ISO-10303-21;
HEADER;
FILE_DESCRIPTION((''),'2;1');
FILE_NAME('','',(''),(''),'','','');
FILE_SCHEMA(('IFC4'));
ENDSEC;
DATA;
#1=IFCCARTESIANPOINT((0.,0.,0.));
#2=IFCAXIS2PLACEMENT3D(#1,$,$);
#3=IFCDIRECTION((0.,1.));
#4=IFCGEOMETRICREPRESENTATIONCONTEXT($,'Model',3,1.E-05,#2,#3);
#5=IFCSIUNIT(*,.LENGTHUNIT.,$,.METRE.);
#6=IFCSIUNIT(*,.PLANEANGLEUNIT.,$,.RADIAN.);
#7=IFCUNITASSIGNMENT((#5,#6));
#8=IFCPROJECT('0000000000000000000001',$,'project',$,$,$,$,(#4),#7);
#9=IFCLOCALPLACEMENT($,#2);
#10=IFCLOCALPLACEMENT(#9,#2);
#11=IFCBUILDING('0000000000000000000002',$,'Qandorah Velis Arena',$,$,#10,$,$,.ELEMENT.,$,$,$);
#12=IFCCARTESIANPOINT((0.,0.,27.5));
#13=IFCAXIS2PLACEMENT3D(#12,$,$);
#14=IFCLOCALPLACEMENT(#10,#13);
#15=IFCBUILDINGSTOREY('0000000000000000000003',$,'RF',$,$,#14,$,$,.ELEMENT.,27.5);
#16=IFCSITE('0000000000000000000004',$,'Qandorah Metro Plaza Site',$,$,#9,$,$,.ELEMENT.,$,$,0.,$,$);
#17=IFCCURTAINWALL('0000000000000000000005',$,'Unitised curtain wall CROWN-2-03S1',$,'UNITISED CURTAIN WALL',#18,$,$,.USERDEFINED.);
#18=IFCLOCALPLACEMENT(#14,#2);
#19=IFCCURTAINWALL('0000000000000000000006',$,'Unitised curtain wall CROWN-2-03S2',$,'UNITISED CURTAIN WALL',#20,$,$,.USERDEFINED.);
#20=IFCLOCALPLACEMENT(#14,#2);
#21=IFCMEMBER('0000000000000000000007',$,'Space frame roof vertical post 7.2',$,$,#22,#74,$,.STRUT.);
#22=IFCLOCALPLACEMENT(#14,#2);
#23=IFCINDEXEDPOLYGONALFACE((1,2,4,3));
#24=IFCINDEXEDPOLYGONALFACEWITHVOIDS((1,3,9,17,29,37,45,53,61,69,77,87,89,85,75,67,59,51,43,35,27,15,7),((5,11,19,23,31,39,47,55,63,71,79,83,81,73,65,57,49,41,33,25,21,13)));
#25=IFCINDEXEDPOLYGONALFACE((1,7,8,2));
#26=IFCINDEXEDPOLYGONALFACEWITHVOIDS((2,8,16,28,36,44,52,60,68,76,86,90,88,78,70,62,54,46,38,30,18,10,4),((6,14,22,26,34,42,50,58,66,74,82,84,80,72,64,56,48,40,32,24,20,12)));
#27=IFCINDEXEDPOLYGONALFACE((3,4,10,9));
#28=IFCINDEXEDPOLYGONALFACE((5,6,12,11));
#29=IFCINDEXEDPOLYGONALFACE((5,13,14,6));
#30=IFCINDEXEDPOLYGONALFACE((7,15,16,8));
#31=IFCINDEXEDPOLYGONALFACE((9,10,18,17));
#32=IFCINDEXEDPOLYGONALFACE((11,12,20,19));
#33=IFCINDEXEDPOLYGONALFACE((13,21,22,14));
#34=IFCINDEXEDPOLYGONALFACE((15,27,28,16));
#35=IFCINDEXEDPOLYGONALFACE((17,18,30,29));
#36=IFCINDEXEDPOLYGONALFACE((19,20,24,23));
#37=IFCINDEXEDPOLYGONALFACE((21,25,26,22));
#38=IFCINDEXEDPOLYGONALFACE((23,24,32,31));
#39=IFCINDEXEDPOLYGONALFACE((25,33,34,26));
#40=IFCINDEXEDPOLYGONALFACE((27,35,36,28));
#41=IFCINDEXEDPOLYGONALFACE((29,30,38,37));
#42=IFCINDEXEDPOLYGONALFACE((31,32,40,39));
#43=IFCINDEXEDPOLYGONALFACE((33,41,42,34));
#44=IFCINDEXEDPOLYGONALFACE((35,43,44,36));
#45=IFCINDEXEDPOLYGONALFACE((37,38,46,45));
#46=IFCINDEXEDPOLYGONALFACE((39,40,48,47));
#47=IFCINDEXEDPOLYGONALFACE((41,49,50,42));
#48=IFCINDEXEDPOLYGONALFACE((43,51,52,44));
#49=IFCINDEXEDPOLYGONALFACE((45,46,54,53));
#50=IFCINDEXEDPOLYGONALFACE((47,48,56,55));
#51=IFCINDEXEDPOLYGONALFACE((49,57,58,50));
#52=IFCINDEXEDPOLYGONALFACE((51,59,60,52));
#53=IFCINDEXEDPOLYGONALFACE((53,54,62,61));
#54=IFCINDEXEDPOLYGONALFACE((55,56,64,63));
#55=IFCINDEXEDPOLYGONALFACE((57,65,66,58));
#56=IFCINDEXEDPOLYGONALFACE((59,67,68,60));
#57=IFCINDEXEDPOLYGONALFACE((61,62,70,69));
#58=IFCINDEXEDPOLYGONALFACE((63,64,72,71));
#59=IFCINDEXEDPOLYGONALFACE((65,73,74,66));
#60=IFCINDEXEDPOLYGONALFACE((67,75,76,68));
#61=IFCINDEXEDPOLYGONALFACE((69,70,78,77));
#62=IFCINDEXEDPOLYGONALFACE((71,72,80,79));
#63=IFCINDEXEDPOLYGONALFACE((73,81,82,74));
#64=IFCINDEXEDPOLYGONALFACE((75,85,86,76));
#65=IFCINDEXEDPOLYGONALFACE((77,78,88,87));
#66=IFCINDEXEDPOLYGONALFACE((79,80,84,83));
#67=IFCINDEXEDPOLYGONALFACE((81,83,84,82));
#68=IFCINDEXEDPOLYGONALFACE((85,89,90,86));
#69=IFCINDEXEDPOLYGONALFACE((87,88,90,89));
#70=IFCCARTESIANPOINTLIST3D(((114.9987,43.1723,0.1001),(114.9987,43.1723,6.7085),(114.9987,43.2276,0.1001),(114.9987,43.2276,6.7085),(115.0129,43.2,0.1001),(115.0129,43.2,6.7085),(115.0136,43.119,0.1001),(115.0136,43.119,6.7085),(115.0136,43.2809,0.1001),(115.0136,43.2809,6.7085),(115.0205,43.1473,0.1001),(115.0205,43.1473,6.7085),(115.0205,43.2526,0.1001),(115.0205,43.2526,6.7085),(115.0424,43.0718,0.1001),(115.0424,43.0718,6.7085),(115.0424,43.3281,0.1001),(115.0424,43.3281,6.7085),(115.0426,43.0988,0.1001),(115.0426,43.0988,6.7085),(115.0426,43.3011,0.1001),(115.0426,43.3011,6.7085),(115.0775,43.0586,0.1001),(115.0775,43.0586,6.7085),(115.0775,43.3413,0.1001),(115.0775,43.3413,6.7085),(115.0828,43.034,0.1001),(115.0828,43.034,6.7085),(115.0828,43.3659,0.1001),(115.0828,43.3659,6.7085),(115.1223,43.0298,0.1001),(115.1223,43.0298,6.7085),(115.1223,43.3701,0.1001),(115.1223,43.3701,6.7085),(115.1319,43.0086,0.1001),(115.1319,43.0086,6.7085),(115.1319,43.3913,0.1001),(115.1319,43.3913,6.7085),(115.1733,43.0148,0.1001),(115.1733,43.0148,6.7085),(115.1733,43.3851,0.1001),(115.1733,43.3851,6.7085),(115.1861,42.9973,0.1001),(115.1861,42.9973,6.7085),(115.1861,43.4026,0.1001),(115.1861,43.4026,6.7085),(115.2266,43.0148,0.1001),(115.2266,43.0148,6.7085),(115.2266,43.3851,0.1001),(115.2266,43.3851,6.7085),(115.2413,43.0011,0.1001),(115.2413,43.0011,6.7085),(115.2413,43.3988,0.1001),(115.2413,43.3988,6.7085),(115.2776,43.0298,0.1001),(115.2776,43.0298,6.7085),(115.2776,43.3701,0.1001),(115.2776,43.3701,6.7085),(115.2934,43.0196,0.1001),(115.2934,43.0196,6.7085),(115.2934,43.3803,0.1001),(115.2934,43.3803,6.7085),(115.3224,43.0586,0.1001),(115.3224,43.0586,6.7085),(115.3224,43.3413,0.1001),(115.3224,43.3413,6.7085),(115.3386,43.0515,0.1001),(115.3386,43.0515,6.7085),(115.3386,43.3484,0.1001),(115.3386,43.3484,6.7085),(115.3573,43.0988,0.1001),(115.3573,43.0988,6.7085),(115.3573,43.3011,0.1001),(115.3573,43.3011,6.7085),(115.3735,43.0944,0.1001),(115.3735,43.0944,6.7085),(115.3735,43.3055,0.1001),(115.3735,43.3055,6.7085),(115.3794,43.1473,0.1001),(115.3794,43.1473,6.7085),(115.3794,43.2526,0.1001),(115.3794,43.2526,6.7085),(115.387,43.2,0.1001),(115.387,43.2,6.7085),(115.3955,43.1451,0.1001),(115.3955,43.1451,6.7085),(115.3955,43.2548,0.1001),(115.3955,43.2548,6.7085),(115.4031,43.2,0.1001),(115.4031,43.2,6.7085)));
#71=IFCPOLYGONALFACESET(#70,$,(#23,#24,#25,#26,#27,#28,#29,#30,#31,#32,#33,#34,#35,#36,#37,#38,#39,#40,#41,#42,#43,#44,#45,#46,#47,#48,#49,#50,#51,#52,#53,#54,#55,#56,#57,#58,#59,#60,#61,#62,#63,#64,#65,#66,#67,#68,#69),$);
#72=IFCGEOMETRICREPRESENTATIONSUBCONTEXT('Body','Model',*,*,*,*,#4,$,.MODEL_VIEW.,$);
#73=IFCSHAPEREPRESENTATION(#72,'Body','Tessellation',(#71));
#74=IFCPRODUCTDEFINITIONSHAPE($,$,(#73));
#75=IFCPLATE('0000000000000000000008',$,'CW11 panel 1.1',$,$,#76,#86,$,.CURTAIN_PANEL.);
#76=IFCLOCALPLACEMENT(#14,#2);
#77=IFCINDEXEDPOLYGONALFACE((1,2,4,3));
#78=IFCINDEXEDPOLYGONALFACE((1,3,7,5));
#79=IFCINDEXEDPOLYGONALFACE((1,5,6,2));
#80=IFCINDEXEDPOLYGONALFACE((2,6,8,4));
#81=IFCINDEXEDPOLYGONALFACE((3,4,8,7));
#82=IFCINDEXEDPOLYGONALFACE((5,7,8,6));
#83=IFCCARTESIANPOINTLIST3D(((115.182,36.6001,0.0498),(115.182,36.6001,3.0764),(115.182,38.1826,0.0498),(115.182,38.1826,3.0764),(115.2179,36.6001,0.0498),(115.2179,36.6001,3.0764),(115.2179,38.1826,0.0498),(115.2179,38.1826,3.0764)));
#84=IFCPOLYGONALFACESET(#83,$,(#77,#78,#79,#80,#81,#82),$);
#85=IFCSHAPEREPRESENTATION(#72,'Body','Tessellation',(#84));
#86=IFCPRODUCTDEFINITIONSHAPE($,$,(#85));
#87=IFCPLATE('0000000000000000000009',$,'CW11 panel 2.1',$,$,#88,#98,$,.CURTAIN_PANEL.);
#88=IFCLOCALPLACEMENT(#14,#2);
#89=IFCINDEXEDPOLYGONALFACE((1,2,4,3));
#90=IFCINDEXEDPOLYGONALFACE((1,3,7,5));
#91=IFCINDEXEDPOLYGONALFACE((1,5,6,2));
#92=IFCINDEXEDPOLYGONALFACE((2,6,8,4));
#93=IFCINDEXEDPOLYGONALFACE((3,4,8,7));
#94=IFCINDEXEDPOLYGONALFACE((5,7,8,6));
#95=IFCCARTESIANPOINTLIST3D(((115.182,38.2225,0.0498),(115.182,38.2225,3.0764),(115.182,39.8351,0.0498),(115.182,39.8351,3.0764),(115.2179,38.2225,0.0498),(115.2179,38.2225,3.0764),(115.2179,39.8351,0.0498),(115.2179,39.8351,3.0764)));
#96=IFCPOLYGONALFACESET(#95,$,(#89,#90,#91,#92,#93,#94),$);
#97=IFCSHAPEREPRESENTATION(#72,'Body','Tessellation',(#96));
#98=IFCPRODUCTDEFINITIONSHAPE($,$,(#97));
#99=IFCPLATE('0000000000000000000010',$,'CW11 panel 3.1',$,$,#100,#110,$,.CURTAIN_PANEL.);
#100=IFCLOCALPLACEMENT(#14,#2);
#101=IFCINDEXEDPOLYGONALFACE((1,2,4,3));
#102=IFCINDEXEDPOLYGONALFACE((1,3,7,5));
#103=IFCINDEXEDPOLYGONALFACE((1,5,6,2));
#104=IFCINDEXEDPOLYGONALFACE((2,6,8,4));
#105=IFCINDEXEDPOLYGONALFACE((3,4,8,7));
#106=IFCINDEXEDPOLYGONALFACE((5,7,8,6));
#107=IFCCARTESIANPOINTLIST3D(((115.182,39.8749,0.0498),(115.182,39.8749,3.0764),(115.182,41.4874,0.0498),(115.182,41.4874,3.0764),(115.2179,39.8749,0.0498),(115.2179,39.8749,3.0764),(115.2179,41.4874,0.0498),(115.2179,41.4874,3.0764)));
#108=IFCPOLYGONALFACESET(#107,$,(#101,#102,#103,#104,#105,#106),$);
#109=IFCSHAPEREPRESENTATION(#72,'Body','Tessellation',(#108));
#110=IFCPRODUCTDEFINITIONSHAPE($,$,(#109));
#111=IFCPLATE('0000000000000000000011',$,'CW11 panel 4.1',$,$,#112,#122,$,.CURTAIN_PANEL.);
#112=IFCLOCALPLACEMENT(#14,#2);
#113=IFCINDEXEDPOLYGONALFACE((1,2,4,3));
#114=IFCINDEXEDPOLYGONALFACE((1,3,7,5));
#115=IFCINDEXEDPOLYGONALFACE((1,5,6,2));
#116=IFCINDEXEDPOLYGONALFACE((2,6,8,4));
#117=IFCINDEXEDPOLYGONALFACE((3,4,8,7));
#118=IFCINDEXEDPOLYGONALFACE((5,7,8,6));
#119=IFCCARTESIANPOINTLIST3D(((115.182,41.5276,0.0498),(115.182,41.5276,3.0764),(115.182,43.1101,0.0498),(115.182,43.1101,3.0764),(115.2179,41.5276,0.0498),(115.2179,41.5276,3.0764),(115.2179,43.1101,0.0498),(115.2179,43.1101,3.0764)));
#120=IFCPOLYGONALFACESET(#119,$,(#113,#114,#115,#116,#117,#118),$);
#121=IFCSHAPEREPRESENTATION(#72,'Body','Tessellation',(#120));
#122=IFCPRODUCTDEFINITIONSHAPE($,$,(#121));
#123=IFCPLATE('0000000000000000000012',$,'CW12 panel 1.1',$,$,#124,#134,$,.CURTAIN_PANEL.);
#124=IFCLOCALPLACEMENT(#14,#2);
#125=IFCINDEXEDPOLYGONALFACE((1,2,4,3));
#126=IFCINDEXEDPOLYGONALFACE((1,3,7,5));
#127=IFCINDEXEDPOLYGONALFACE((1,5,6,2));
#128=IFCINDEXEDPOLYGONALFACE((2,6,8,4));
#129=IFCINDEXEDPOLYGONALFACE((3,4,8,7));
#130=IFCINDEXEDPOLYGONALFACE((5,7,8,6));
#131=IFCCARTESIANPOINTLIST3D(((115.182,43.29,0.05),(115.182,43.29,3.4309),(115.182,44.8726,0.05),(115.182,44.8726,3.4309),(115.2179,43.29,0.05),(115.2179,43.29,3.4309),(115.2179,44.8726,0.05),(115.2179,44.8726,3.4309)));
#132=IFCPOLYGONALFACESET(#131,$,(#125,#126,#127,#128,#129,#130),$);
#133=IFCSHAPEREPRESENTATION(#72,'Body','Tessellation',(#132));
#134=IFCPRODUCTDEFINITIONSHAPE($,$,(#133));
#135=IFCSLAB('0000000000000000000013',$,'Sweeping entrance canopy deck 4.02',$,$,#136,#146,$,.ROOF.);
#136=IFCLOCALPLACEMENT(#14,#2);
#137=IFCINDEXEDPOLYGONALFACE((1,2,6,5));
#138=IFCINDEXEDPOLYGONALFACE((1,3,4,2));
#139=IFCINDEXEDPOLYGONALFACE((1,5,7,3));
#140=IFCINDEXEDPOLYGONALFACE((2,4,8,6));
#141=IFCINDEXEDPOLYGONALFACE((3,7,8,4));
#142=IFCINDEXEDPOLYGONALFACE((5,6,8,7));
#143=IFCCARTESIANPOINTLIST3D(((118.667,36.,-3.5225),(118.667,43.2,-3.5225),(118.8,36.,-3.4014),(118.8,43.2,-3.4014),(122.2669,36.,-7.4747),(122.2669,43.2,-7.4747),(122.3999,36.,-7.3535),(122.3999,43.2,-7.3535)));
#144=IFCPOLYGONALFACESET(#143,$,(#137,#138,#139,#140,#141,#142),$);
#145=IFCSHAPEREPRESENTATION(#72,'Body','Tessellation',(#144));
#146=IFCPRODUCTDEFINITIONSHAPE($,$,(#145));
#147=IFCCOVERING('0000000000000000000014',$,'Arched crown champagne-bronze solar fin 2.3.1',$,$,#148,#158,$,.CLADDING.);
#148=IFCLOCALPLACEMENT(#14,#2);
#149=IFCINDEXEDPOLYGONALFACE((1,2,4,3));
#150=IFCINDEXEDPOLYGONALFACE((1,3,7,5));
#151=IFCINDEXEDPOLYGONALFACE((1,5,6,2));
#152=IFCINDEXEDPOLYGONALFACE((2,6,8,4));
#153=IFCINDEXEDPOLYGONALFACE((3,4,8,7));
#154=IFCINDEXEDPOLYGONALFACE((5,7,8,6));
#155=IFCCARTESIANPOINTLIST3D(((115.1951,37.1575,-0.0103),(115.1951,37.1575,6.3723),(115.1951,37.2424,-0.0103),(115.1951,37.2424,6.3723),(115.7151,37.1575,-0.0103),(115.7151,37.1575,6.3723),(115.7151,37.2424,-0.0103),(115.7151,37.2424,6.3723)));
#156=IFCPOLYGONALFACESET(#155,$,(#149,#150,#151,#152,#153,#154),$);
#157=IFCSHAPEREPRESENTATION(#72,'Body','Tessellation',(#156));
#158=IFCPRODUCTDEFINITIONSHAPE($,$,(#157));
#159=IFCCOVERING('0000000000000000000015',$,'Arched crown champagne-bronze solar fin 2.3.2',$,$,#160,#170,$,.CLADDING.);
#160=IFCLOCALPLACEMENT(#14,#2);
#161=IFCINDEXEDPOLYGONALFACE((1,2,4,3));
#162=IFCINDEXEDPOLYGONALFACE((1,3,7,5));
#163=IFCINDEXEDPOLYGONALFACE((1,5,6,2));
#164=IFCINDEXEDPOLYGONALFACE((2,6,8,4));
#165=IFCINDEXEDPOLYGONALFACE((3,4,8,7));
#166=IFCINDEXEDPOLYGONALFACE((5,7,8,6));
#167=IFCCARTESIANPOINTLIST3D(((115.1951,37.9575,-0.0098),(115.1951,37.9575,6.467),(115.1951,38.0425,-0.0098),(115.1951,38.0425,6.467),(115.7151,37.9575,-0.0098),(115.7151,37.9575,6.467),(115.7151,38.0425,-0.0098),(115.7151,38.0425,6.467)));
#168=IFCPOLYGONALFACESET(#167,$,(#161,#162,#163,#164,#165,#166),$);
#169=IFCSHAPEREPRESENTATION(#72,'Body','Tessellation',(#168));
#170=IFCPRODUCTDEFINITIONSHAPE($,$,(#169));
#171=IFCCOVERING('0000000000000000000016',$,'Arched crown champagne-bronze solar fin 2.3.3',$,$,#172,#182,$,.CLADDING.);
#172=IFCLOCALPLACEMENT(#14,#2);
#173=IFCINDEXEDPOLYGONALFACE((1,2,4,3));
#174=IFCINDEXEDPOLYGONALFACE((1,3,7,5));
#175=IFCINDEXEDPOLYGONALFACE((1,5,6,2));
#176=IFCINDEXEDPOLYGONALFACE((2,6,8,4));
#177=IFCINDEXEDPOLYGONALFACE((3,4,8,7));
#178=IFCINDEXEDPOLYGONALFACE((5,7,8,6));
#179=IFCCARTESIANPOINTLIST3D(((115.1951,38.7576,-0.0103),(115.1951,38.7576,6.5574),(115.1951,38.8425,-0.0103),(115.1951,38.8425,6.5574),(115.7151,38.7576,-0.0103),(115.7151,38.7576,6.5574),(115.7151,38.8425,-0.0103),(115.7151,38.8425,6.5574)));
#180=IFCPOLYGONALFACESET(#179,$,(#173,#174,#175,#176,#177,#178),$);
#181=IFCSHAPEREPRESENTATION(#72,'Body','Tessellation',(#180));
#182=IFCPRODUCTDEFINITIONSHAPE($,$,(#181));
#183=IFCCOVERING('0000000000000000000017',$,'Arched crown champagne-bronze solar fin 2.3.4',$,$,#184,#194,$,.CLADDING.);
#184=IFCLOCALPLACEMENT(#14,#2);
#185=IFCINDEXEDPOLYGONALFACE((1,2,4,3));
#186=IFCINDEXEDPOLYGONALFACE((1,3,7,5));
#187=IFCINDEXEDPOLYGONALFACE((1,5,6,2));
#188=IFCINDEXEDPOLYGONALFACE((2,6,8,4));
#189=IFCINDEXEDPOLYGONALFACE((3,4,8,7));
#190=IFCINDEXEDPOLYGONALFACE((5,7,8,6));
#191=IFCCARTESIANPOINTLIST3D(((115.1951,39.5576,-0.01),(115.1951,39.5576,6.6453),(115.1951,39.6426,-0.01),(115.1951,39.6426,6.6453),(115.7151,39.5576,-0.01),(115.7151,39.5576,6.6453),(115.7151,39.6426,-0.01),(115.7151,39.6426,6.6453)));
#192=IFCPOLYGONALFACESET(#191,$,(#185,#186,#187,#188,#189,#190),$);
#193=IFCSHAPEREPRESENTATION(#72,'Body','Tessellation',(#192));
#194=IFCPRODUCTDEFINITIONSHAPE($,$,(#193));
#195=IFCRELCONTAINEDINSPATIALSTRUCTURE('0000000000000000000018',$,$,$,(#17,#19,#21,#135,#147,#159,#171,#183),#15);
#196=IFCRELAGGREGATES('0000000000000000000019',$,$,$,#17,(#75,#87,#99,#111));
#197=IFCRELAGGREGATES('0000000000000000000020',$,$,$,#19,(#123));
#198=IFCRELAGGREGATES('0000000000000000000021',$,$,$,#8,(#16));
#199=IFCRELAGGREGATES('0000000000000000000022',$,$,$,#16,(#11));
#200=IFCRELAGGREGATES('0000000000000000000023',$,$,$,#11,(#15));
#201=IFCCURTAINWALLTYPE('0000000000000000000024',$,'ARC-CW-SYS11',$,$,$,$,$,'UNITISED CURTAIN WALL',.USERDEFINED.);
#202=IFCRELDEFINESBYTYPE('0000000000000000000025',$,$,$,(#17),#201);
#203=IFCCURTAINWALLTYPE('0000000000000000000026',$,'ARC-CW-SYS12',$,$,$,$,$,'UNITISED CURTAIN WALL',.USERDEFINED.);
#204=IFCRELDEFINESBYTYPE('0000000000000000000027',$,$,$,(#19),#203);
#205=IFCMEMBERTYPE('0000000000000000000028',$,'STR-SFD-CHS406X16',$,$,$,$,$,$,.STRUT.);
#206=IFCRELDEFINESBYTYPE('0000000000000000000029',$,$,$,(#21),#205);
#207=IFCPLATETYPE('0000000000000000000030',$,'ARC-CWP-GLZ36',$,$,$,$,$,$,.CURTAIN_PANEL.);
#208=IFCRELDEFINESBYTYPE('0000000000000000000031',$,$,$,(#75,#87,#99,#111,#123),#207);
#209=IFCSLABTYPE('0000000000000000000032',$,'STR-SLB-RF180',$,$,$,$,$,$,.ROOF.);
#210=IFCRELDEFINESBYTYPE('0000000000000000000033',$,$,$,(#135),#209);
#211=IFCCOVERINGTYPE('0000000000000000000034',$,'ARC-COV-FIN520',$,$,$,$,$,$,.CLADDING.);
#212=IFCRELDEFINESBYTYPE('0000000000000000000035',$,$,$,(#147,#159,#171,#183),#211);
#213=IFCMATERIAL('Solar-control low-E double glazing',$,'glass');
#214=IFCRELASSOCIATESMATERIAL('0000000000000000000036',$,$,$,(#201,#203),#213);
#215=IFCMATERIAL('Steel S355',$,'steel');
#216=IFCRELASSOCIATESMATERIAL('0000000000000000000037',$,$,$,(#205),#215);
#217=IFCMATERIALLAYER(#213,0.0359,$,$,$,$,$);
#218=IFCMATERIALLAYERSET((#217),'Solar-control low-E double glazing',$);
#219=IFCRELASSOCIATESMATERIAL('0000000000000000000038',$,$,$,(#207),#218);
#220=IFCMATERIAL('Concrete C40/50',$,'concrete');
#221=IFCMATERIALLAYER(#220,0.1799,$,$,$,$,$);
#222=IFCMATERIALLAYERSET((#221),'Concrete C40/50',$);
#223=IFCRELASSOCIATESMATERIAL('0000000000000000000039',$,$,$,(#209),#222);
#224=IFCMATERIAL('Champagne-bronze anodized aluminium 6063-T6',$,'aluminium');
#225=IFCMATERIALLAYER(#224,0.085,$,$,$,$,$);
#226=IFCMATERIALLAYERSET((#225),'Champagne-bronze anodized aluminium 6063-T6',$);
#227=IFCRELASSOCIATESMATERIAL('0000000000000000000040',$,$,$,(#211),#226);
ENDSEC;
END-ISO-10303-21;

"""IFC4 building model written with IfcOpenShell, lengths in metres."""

from ifc_helpers import new_model, si_unit, direction, frame, origin, origin_2d, place, context, subcontext, project, spatial, polyline, rectangle, hollow_circle, outline, extrude, material, layer, layer_set, material_profile, profile_set, type_object, element, aggregate, save


model = new_model("IFC4")

# Units and contexts
model_context = context("Model", 3, precision=1e-05, world=origin(), true_north=direction((0.0, 1.0)))
body_context = subcontext(model_context, "Body", "Model", "MODEL_VIEW")
ifc_project = project(units=[si_unit("LENGTHUNIT", "METRE"), si_unit("PLANEANGLEUNIT", "RADIAN")], contexts=[model_context])

# Site, building, storey
site_placement = place(None, origin())
site = spatial("IfcSite", under=ifc_project, at=site_placement, Name="Qandorah Metro Plaza Site", CompositionType="ELEMENT", RefElevation=0.0)
building_placement = place(site_placement, origin())
building = spatial("IfcBuilding", under=site, at=building_placement, Name="Qandorah Velis Arena", CompositionType="ELEMENT")
storey_placement = place(building_placement, frame((0.0, 0.0, 27.5)))
storey = spatial("IfcBuildingStorey", under=building, at=storey_placement, Name="RF", CompositionType="ELEMENT", Elevation=27.5)

# Curtain wall
ifc_material_1 = material(Name="Solar-control low-E double glazing", Category="glass")
curtain_wall_type_1 = type_object("IfcCurtainWallType", Name="ARC-CW-SYS11", ElementType="UNITISED CURTAIN WALL", PredefinedType="USERDEFINED", material=ifc_material_1)
curtain_wall_1_placement = place(storey_placement, origin())
curtain_wall_1 = element("IfcCurtainWall", 1, at=curtain_wall_1_placement, inside=storey, type_object=curtain_wall_type_1, Name="Unitised curtain wall CROWN-2-03S1", ObjectType="UNITISED CURTAIN WALL", PredefinedType="USERDEFINED")
ifc_material_2 = material(Name="Champagne-bronze anodized aluminium 6063-T6", Category="aluminium")

# Curtain wall
curtain_wall_type_2 = type_object("IfcCurtainWallType", Name="ARC-CW-SYS12", ElementType="UNITISED CURTAIN WALL", PredefinedType="USERDEFINED", material=ifc_material_1)
curtain_wall_2_placement = place(storey_placement, origin())
curtain_wall_2 = element("IfcCurtainWall", 2, at=curtain_wall_2_placement, inside=storey, type_object=curtain_wall_type_2, Name="Unitised curtain wall CROWN-2-03S2", ObjectType="UNITISED CURTAIN WALL", PredefinedType="USERDEFINED")

# Shared definitions
ifc_material_3 = material(Name="Steel S355", Category="steel")

# Member
ifc_material_profile_1 = material_profile(ifc_material_3, hollow_circle(Radius=0.2031, WallThickness=0.0161, at=origin_2d()), Name="CHS 406.4x16")
ifc_profile_set_1 = profile_set([ifc_material_profile_1], Name="Steel S355")
member_type_1 = type_object("IfcMemberType", Name="STR-SFD-CHS406X16", PredefinedType="STRUT", material=ifc_profile_set_1)
member_1_placement = place(storey_placement, frame((115.2, 43.2, 0.1001), z_axis=(0.0, 0.0, 1.0), x_axis=(1.0, 0.0, 0.0)))
element("IfcMember", 3, at=member_1_placement, inside=storey, type_object=member_type_1, Name="Space frame roof vertical post 7.2", PredefinedType="STRUT", context=body_context, shape_type="SweptSolid", body=[
    extrude(hollow_circle(Radius=0.2031, WallThickness=0.0161, at=origin_2d()), origin(), (0.0, 0.0, 1.0), 6.6084),
])

# Plates
ifc_layer_1 = layer(ifc_material_1, 0.0359)
ifc_layer_set_1 = layer_set([ifc_layer_1], Name="Solar-control low-E double glazing")
plate_type = type_object("IfcPlateType", Name="ARC-CWP-GLZ36", PredefinedType="CURTAIN_PANEL", material=ifc_layer_set_1)
plate_1_placement = place(storey_placement, frame((115.2, 37.3914, 0.0498), z_axis=(0.0, 0.0, 1.0), x_axis=(0.0, 1.0, 0.0)))
plate_1 = element("IfcPlate", 4, at=plate_1_placement, type_object=plate_type, Name="CW11 panel 1.1", PredefinedType="CURTAIN_PANEL", context=body_context, shape_type="SweptSolid", body=[
    extrude(rectangle(XDim=1.5825, YDim=0.0359, at=origin_2d()), origin(), (0.0, 0.0, 1.0), 3.0266),
])
plate_2_placement = place(storey_placement, frame((115.2, 39.0288, 0.0498), z_axis=(0.0, 0.0, 1.0), x_axis=(0.0, 1.0, 0.0)))
plate_2 = element("IfcPlate", 5, at=plate_2_placement, type_object=plate_type, Name="CW11 panel 2.1", PredefinedType="CURTAIN_PANEL", context=body_context, shape_type="SweptSolid", body=[
    extrude(rectangle(XDim=1.6125, YDim=0.0359, at=origin_2d()), origin(), (0.0, 0.0, 1.0), 3.0266),
])
plate_3_placement = place(storey_placement, frame((115.2, 40.6812, 0.0498), z_axis=(0.0, 0.0, 1.0), x_axis=(0.0, 1.0, 0.0)))
plate_3 = element("IfcPlate", 6, at=plate_3_placement, type_object=plate_type, Name="CW11 panel 3.1", PredefinedType="CURTAIN_PANEL", context=body_context, shape_type="SweptSolid", body=[
    extrude(rectangle(XDim=1.6125, YDim=0.0359, at=origin_2d()), origin(), (0.0, 0.0, 1.0), 3.0266),
])
plate_4_placement = place(storey_placement, frame((115.2, 42.3188, 0.0498), z_axis=(0.0, 0.0, 1.0), x_axis=(0.0, 1.0, 0.0)))
plate_4 = element("IfcPlate", 7, at=plate_4_placement, type_object=plate_type, Name="CW11 panel 4.1", PredefinedType="CURTAIN_PANEL", context=body_context, shape_type="SweptSolid", body=[
    extrude(rectangle(XDim=1.5825, YDim=0.0359, at=origin_2d()), origin(), (0.0, 0.0, 1.0), 3.0266),
])
aggregate(curtain_wall_1, [plate_1, plate_2, plate_3, plate_4])
plate_5_placement = place(storey_placement, frame((115.2, 44.0813, 0.05), z_axis=(0.0, 0.0, 1.0), x_axis=(0.0, 1.0, 0.0)))
plate_5 = element("IfcPlate", 8, at=plate_5_placement, type_object=plate_type, Name="CW12 panel 1.1", PredefinedType="CURTAIN_PANEL", context=body_context, shape_type="SweptSolid", body=[
    extrude(rectangle(XDim=1.5825, YDim=0.0359, at=origin_2d()), origin(), (0.0, 0.0, 1.0), 3.3809),
])
aggregate(curtain_wall_2, [plate_5])

# Slab
ifc_material_4 = material(Name="Concrete C40/50", Category="concrete")
ifc_layer_2 = layer(ifc_material_4, 0.1799)
ifc_layer_set_2 = layer_set([ifc_layer_2], Name="Concrete C40/50")
slab_type = type_object("IfcSlabType", Name="STR-SLB-RF180", PredefinedType="ROOF", material=ifc_layer_set_2)
slab_placement = place(storey_placement, frame((118.8, 36.0, -3.4014), z_axis=(0.739289, 0.0, 0.673389), x_axis=(0.673389, 0.0, -0.739289)))
element("IfcSlab", 9, at=slab_placement, inside=storey, type_object=slab_type, Name="Sweeping entrance canopy deck 4.02", PredefinedType="ROOF", context=body_context, shape_type="SweptSolid", body=[
    extrude(outline(polyline([(0.0, 0.0), (5.3459, 0.0), (5.3459, 7.2), (0.0, 7.2), (0.0, 0.0)])), origin(), (0.0, 0.0, -1.0), 0.1799),
])

# Coverings
ifc_layer_3 = layer(ifc_material_2, 0.085)
ifc_layer_set_3 = layer_set([ifc_layer_3], Name="Champagne-bronze anodized aluminium 6063-T6")
covering_type_1 = type_object("IfcCoveringType", Name="ARC-COV-FIN520", PredefinedType="CLADDING", material=ifc_layer_set_3)
covering_1_placement = place(storey_placement, frame((115.4551, 37.2, -0.0103), z_axis=(0.0, 0.0, 1.0), x_axis=(1.0, 0.0, 0.0)))
element("IfcCovering", 10, at=covering_1_placement, inside=storey, type_object=covering_type_1, Name="Arched crown champagne-bronze solar fin 2.3.1", PredefinedType="CLADDING", context=body_context, shape_type="SweptSolid", body=[
    extrude(rectangle(XDim=0.52, YDim=0.085, at=origin_2d()), origin(), (0.0, 0.0, 1.0), 6.3826),
])
covering_2_placement = place(storey_placement, frame((115.4551, 38.0, -0.0098), z_axis=(0.0, 0.0, 1.0), x_axis=(1.0, 0.0, 0.0)))
element("IfcCovering", 11, at=covering_2_placement, inside=storey, type_object=covering_type_1, Name="Arched crown champagne-bronze solar fin 2.3.2", PredefinedType="CLADDING", context=body_context, shape_type="SweptSolid", body=[
    extrude(rectangle(XDim=0.52, YDim=0.085, at=origin_2d()), origin(), (0.0, 0.0, 1.0), 6.4768),
])
covering_3_placement = place(storey_placement, frame((115.4551, 38.8, -0.0103), z_axis=(0.0, 0.0, 1.0), x_axis=(1.0, 0.0, 0.0)))
element("IfcCovering", 12, at=covering_3_placement, inside=storey, type_object=covering_type_1, Name="Arched crown champagne-bronze solar fin 2.3.3", PredefinedType="CLADDING", context=body_context, shape_type="SweptSolid", body=[
    extrude(rectangle(XDim=0.52, YDim=0.085, at=origin_2d()), origin(), (0.0, 0.0, 1.0), 6.5676),
])
covering_4_placement = place(storey_placement, frame((115.4551, 39.6001, -0.01), z_axis=(0.0, 0.0, 1.0), x_axis=(1.0, 0.0, 0.0)))
element("IfcCovering", 13, at=covering_4_placement, inside=storey, type_object=covering_type_1, Name="Arched crown champagne-bronze solar fin 2.3.4", PredefinedType="CLADDING", context=body_context, shape_type="SweptSolid", body=[
    extrude(rectangle(XDim=0.52, YDim=0.085, at=origin_2d()), origin(), (0.0, 0.0, 1.0), 6.6553),
])

save(model, "model.ifc")
